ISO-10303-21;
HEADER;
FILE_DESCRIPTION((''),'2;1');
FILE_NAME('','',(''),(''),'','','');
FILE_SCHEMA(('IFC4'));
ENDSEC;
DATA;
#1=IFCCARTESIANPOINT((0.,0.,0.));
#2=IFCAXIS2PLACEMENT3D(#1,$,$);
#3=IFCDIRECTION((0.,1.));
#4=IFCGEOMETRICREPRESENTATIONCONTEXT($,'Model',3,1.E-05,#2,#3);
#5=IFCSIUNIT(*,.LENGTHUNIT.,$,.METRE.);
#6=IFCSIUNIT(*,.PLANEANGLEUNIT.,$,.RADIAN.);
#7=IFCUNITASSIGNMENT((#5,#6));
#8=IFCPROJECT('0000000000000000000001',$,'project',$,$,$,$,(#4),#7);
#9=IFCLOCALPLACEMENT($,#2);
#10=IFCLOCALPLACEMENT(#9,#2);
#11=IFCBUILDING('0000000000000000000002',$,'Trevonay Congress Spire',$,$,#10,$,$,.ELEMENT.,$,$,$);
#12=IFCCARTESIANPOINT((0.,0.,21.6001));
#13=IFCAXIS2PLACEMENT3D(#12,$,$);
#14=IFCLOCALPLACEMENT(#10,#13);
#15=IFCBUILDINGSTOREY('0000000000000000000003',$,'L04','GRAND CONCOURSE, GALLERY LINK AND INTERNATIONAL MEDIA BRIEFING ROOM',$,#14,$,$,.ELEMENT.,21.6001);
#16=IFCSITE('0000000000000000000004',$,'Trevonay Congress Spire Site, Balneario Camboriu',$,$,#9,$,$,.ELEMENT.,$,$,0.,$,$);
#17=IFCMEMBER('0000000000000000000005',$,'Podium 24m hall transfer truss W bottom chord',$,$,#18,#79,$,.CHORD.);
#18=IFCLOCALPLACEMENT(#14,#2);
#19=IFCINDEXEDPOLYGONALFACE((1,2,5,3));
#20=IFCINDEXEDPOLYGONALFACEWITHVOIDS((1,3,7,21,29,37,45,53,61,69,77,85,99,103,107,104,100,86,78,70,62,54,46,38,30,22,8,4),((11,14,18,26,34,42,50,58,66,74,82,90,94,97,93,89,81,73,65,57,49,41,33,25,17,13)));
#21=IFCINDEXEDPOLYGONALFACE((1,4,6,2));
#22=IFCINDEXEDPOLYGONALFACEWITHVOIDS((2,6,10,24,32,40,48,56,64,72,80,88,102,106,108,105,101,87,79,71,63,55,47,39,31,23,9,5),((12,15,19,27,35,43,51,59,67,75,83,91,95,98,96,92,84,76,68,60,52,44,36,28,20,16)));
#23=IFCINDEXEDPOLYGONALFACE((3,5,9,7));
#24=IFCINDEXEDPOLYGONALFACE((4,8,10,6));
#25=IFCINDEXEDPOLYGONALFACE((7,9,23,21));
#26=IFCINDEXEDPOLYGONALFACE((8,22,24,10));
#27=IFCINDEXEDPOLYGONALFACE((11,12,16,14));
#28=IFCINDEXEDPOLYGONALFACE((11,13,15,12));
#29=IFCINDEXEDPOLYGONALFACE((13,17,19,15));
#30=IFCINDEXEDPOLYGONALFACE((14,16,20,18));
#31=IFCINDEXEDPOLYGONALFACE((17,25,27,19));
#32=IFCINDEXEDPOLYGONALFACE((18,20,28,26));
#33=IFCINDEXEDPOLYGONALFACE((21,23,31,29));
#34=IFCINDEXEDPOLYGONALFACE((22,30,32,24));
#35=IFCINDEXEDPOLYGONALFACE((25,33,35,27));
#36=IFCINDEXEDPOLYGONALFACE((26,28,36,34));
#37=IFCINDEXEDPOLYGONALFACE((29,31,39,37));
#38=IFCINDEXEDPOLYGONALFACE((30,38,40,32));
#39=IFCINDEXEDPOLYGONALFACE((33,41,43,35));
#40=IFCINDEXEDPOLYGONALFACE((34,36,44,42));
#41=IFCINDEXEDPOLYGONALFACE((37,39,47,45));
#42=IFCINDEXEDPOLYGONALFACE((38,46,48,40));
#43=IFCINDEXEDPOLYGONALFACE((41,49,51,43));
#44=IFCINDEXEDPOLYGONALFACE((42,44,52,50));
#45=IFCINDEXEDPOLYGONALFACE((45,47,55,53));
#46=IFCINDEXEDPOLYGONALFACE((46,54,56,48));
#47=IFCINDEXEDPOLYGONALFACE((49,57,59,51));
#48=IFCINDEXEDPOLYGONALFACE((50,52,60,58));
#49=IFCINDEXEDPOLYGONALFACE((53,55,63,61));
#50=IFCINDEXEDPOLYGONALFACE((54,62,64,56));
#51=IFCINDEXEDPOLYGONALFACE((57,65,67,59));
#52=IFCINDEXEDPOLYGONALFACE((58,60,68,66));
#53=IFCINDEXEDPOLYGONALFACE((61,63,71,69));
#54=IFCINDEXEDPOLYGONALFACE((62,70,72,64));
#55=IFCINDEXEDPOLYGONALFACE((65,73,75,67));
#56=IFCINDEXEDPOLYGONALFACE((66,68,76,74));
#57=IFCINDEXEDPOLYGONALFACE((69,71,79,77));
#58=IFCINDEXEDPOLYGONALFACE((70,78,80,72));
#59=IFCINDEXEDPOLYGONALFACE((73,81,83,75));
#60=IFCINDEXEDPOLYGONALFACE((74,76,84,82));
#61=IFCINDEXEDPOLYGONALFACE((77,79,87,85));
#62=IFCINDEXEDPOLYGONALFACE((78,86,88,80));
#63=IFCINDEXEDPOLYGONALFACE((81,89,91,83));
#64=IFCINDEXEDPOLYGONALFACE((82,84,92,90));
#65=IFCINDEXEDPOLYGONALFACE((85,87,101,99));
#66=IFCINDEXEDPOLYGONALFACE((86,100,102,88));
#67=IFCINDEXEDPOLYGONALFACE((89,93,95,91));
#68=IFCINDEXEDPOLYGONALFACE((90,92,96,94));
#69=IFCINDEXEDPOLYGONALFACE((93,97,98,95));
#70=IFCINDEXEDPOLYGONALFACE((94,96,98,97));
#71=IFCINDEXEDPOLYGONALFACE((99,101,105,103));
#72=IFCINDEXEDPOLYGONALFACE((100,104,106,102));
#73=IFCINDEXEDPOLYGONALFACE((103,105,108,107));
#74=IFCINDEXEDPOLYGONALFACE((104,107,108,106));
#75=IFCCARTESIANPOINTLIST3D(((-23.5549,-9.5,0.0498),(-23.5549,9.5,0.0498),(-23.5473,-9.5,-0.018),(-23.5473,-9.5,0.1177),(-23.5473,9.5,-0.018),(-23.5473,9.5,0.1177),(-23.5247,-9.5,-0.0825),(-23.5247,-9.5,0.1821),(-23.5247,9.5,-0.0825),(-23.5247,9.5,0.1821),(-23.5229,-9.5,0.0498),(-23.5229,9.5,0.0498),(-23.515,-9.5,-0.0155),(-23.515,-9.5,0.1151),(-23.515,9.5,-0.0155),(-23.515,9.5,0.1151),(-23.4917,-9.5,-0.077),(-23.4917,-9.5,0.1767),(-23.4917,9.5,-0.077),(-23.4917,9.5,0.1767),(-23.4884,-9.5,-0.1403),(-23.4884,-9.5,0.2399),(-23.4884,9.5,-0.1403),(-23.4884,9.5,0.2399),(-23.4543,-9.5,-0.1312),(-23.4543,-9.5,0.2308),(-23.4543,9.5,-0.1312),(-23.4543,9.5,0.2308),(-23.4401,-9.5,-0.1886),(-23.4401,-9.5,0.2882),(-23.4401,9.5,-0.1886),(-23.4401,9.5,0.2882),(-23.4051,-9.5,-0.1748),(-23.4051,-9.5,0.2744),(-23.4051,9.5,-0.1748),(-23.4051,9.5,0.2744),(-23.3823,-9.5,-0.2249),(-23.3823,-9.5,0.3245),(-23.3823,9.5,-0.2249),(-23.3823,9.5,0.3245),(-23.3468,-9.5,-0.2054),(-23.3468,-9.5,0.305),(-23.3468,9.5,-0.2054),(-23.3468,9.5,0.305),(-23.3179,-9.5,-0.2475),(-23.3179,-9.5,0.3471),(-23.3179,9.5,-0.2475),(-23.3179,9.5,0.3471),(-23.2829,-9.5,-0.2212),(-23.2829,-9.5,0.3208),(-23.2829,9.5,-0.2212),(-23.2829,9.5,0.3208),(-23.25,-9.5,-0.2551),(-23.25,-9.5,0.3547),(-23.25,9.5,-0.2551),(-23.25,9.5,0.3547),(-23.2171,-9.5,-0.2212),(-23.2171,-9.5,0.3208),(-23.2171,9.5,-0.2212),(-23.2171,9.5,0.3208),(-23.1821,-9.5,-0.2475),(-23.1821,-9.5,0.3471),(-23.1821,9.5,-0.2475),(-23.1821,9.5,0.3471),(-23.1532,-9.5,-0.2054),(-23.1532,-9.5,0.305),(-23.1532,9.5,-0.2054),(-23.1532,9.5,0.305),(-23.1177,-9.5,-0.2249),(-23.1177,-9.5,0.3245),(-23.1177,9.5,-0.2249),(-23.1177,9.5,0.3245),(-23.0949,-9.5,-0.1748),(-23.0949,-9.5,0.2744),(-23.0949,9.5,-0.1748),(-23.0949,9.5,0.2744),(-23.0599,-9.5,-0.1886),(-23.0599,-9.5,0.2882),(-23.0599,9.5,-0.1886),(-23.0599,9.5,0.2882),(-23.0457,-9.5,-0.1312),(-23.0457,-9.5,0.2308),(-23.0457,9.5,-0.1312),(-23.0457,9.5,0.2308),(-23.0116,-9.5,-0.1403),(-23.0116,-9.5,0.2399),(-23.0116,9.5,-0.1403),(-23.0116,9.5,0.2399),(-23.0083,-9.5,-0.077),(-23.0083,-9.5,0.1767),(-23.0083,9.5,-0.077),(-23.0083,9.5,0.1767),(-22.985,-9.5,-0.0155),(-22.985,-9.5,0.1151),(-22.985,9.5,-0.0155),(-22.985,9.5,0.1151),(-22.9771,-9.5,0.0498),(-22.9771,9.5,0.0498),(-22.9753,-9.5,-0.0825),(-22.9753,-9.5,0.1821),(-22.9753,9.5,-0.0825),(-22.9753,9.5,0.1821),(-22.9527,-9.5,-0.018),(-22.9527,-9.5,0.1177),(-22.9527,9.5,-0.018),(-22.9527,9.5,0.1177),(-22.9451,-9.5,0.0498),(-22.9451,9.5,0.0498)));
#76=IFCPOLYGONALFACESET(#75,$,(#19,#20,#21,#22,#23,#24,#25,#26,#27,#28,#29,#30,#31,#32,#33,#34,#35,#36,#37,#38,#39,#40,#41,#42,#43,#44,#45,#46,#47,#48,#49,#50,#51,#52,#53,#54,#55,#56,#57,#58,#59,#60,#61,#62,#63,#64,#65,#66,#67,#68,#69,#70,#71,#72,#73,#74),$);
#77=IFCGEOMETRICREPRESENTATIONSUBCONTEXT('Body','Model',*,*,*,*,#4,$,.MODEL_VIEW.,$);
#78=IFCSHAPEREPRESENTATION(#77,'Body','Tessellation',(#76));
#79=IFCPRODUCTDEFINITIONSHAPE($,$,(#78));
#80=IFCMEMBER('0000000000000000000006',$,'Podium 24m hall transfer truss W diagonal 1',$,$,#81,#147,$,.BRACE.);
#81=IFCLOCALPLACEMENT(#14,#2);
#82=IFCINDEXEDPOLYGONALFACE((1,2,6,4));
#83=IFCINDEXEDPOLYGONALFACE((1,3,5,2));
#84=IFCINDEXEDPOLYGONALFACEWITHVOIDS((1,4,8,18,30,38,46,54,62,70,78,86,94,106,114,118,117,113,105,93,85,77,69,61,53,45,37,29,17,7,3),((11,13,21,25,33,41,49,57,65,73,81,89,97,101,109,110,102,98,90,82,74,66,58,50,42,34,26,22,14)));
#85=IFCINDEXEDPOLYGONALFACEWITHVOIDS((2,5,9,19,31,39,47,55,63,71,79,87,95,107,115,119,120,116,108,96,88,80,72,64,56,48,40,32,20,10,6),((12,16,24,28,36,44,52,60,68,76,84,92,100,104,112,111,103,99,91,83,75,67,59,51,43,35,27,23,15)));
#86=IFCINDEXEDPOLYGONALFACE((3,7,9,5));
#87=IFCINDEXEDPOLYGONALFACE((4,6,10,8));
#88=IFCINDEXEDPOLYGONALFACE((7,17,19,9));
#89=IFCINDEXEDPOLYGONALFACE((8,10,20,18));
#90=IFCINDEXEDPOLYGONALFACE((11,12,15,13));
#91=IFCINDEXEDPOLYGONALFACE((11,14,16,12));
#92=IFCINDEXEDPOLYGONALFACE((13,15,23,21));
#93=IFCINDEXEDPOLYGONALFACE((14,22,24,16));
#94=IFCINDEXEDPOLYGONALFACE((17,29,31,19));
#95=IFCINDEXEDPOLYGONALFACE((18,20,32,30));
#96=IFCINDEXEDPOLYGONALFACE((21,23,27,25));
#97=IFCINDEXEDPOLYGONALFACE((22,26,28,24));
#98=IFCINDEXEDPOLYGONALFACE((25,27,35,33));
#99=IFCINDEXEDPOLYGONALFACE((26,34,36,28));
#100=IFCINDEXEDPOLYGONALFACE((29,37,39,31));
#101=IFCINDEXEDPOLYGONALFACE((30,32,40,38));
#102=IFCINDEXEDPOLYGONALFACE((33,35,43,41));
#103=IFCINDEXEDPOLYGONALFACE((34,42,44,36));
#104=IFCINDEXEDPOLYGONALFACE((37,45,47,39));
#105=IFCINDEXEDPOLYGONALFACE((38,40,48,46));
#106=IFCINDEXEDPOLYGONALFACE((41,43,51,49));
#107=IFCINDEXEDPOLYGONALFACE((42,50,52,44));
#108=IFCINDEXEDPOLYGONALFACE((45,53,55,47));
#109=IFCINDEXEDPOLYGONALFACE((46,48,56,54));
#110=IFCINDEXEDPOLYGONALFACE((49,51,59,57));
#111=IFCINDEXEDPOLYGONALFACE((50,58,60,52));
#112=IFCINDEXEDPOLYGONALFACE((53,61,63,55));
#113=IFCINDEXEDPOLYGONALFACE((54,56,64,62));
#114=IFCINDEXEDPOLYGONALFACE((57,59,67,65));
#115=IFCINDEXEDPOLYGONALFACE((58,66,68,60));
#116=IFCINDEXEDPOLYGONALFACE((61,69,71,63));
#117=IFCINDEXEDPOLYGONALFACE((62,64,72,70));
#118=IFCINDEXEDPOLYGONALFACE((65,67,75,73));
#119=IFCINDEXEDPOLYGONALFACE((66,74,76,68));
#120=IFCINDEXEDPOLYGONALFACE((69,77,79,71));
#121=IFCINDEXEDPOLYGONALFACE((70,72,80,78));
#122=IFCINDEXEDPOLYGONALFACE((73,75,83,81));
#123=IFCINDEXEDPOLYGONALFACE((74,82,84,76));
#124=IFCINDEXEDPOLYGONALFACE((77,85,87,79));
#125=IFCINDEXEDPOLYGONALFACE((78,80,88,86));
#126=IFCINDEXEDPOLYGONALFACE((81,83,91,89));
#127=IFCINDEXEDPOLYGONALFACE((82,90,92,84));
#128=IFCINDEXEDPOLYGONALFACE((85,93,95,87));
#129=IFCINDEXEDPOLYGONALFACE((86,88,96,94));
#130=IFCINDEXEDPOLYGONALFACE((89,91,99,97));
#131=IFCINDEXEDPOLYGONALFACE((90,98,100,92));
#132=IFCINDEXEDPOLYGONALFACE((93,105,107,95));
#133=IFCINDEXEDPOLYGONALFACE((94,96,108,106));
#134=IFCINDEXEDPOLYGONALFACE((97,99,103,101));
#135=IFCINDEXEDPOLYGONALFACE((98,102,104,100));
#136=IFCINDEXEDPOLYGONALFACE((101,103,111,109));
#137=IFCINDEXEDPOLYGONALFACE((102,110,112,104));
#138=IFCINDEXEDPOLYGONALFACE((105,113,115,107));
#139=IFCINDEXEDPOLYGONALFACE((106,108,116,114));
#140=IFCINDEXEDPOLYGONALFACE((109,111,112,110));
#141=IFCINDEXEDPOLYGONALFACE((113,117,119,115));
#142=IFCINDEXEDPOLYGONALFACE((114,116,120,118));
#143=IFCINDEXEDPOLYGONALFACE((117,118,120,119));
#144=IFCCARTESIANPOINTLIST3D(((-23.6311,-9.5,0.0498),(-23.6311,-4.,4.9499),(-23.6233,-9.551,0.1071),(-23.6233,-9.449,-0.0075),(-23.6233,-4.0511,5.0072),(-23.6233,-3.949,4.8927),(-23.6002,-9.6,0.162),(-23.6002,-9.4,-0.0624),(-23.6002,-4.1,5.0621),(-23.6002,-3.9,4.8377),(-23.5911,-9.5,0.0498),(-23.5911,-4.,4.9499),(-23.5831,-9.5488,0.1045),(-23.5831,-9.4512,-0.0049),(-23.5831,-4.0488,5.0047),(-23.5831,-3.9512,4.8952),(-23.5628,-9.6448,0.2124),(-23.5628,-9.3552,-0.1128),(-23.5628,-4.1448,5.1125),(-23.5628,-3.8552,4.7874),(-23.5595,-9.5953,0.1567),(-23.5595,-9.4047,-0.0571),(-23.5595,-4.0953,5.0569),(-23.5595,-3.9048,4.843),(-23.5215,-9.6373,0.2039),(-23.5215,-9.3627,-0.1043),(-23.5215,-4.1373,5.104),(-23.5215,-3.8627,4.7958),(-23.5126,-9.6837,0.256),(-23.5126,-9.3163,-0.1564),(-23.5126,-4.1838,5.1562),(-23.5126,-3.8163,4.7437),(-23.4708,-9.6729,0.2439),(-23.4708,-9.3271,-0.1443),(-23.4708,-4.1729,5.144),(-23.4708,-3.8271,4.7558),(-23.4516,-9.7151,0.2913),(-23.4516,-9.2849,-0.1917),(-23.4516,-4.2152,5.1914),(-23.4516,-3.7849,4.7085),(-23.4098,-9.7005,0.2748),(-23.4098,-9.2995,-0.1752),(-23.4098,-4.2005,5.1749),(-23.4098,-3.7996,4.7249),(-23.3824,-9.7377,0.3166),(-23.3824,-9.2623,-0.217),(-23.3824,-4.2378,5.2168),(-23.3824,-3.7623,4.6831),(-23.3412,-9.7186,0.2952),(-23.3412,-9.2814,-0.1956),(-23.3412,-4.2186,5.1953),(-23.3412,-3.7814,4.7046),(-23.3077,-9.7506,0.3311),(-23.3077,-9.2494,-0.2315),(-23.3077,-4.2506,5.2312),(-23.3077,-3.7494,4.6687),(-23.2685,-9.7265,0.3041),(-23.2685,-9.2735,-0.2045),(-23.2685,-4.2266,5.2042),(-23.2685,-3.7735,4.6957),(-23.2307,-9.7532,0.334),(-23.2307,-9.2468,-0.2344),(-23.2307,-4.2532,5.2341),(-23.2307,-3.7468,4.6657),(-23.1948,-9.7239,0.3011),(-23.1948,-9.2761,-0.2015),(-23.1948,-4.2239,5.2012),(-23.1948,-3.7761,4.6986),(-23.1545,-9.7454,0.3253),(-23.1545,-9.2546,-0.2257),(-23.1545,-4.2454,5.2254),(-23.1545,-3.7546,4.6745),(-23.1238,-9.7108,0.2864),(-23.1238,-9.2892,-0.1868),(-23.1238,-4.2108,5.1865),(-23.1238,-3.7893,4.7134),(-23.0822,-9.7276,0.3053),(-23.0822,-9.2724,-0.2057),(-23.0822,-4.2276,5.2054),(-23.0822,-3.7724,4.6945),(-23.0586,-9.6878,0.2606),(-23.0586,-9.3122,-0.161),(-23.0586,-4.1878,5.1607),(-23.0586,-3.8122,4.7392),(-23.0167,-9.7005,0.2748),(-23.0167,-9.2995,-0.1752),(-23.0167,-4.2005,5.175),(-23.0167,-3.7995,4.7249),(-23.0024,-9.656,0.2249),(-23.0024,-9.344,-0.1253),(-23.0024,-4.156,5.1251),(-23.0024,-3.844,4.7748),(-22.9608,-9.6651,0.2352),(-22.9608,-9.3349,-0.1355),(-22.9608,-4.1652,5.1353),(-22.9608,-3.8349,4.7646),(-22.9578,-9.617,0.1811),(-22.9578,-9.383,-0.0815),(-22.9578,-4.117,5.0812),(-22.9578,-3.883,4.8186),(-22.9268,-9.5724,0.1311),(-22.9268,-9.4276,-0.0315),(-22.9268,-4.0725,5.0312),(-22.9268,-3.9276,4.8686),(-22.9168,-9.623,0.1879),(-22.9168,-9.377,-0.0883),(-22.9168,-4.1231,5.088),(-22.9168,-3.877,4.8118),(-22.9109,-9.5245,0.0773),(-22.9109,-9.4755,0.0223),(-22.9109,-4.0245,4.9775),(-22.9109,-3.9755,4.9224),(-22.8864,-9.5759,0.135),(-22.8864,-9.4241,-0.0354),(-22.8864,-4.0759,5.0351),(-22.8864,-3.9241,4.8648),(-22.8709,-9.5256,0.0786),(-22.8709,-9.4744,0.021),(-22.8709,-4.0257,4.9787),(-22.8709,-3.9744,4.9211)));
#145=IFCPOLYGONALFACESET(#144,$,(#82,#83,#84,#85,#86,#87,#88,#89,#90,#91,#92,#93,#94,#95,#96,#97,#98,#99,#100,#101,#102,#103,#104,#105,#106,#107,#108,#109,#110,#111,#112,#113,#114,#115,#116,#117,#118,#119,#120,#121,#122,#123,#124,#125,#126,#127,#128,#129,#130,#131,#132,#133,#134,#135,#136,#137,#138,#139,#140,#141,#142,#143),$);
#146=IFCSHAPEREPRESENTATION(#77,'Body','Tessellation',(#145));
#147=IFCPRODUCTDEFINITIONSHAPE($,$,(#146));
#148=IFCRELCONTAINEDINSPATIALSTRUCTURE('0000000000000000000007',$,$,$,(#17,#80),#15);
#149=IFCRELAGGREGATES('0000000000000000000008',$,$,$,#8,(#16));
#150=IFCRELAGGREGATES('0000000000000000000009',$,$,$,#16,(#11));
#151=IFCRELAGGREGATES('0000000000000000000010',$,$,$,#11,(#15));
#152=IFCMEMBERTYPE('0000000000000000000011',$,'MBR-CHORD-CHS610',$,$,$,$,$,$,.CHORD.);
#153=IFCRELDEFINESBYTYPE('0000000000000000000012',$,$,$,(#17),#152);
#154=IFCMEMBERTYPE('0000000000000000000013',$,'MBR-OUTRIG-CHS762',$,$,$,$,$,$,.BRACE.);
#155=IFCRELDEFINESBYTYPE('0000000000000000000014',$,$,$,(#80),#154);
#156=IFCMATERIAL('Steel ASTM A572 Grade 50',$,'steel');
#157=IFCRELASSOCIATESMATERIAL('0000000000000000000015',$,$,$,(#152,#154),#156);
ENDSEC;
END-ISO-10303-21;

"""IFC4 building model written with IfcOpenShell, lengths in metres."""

from ifc_helpers import new_model, si_unit, direction, frame, origin, origin_2d, place, context, subcontext, project, spatial, hollow_circle, extrude, material, material_profile, profile_set, type_object, element, save


model = new_model("IFC4")

# Units and contexts
model_context = context("Model", 3, precision=1e-05, world=origin(), true_north=direction((0.0, 1.0)))
body_context = subcontext(model_context, "Body", "Model", "MODEL_VIEW")
ifc_project = project(units=[si_unit("LENGTHUNIT", "METRE"), si_unit("PLANEANGLEUNIT", "RADIAN")], contexts=[model_context])

# Site, building, storey
site_placement = place(None, origin())
site = spatial("IfcSite", under=ifc_project, at=site_placement, Name="Trevonay Congress Spire Site, Balneario Camboriu", CompositionType="ELEMENT", RefElevation=0.0)
building_placement = place(site_placement, origin())
building = spatial("IfcBuilding", under=site, at=building_placement, Name="Trevonay Congress Spire", CompositionType="ELEMENT")
storey_placement = place(building_placement, frame((0.0, 0.0, 21.6001)))
storey = spatial("IfcBuildingStorey", under=building, at=storey_placement, Name="L04", Description="GRAND CONCOURSE, GALLERY LINK AND INTERNATIONAL MEDIA BRIEFING ROOM", CompositionType="ELEMENT", Elevation=21.6001)

# Shared definitions
ifc_material_1 = material(Name="Steel ASTM A572 Grade 50", Category="steel")

# Members
ifc_material_profile_1 = material_profile(ifc_material_1, hollow_circle(Radius=0.3049, WallThickness=0.032, at=origin_2d()), Name="CHS 610x32")
ifc_profile_set_1 = profile_set([ifc_material_profile_1], Name="Steel ASTM A572 Grade 50")
member_type_1 = type_object("IfcMemberType", Name="MBR-CHORD-CHS610", PredefinedType="CHORD", material=ifc_profile_set_1)
member_1_placement = place(storey_placement, frame((-23.25, -9.5, 0.0498), z_axis=(0.0, 1.0, 0.0), x_axis=(-1.0, 0.0, 0.0)))
element("IfcMember", 1, at=member_1_placement, inside=storey, type_object=member_type_1, Name="Podium 24m hall transfer truss W bottom chord", PredefinedType="CHORD", context=body_context, shape_type="SweptSolid", body=[
    extrude(hollow_circle(Radius=0.3049, WallThickness=0.032, at=origin_2d()), origin(), (0.0, 0.0, 1.0), 19.0),
])
ifc_material_profile_2 = material_profile(ifc_material_1, hollow_circle(Radius=0.3811, WallThickness=0.04, at=origin_2d()), Name="CHS 762x40")
ifc_profile_set_2 = profile_set([ifc_material_profile_2], Name="Steel ASTM A572 Grade 50")
member_type_2 = type_object("IfcMemberType", Name="MBR-OUTRIG-CHS762", PredefinedType="BRACE", material=ifc_profile_set_2)
member_2_placement = place(storey_placement, frame((-23.25, -9.5, 0.0498), z_axis=(0.0, 0.74665, 0.665217), x_axis=(-1.0, 0.0, 0.0)))
element("IfcMember", 2, at=member_2_placement, inside=storey, type_object=member_type_2, Name="Podium 24m hall transfer truss W diagonal 1", PredefinedType="BRACE", context=body_context, shape_type="SweptSolid", body=[
    extrude(hollow_circle(Radius=0.3811, WallThickness=0.04, at=origin_2d()), origin(), (0.0, 0.0, 1.0), 7.3662),
])

save(model, "model.ifc")
